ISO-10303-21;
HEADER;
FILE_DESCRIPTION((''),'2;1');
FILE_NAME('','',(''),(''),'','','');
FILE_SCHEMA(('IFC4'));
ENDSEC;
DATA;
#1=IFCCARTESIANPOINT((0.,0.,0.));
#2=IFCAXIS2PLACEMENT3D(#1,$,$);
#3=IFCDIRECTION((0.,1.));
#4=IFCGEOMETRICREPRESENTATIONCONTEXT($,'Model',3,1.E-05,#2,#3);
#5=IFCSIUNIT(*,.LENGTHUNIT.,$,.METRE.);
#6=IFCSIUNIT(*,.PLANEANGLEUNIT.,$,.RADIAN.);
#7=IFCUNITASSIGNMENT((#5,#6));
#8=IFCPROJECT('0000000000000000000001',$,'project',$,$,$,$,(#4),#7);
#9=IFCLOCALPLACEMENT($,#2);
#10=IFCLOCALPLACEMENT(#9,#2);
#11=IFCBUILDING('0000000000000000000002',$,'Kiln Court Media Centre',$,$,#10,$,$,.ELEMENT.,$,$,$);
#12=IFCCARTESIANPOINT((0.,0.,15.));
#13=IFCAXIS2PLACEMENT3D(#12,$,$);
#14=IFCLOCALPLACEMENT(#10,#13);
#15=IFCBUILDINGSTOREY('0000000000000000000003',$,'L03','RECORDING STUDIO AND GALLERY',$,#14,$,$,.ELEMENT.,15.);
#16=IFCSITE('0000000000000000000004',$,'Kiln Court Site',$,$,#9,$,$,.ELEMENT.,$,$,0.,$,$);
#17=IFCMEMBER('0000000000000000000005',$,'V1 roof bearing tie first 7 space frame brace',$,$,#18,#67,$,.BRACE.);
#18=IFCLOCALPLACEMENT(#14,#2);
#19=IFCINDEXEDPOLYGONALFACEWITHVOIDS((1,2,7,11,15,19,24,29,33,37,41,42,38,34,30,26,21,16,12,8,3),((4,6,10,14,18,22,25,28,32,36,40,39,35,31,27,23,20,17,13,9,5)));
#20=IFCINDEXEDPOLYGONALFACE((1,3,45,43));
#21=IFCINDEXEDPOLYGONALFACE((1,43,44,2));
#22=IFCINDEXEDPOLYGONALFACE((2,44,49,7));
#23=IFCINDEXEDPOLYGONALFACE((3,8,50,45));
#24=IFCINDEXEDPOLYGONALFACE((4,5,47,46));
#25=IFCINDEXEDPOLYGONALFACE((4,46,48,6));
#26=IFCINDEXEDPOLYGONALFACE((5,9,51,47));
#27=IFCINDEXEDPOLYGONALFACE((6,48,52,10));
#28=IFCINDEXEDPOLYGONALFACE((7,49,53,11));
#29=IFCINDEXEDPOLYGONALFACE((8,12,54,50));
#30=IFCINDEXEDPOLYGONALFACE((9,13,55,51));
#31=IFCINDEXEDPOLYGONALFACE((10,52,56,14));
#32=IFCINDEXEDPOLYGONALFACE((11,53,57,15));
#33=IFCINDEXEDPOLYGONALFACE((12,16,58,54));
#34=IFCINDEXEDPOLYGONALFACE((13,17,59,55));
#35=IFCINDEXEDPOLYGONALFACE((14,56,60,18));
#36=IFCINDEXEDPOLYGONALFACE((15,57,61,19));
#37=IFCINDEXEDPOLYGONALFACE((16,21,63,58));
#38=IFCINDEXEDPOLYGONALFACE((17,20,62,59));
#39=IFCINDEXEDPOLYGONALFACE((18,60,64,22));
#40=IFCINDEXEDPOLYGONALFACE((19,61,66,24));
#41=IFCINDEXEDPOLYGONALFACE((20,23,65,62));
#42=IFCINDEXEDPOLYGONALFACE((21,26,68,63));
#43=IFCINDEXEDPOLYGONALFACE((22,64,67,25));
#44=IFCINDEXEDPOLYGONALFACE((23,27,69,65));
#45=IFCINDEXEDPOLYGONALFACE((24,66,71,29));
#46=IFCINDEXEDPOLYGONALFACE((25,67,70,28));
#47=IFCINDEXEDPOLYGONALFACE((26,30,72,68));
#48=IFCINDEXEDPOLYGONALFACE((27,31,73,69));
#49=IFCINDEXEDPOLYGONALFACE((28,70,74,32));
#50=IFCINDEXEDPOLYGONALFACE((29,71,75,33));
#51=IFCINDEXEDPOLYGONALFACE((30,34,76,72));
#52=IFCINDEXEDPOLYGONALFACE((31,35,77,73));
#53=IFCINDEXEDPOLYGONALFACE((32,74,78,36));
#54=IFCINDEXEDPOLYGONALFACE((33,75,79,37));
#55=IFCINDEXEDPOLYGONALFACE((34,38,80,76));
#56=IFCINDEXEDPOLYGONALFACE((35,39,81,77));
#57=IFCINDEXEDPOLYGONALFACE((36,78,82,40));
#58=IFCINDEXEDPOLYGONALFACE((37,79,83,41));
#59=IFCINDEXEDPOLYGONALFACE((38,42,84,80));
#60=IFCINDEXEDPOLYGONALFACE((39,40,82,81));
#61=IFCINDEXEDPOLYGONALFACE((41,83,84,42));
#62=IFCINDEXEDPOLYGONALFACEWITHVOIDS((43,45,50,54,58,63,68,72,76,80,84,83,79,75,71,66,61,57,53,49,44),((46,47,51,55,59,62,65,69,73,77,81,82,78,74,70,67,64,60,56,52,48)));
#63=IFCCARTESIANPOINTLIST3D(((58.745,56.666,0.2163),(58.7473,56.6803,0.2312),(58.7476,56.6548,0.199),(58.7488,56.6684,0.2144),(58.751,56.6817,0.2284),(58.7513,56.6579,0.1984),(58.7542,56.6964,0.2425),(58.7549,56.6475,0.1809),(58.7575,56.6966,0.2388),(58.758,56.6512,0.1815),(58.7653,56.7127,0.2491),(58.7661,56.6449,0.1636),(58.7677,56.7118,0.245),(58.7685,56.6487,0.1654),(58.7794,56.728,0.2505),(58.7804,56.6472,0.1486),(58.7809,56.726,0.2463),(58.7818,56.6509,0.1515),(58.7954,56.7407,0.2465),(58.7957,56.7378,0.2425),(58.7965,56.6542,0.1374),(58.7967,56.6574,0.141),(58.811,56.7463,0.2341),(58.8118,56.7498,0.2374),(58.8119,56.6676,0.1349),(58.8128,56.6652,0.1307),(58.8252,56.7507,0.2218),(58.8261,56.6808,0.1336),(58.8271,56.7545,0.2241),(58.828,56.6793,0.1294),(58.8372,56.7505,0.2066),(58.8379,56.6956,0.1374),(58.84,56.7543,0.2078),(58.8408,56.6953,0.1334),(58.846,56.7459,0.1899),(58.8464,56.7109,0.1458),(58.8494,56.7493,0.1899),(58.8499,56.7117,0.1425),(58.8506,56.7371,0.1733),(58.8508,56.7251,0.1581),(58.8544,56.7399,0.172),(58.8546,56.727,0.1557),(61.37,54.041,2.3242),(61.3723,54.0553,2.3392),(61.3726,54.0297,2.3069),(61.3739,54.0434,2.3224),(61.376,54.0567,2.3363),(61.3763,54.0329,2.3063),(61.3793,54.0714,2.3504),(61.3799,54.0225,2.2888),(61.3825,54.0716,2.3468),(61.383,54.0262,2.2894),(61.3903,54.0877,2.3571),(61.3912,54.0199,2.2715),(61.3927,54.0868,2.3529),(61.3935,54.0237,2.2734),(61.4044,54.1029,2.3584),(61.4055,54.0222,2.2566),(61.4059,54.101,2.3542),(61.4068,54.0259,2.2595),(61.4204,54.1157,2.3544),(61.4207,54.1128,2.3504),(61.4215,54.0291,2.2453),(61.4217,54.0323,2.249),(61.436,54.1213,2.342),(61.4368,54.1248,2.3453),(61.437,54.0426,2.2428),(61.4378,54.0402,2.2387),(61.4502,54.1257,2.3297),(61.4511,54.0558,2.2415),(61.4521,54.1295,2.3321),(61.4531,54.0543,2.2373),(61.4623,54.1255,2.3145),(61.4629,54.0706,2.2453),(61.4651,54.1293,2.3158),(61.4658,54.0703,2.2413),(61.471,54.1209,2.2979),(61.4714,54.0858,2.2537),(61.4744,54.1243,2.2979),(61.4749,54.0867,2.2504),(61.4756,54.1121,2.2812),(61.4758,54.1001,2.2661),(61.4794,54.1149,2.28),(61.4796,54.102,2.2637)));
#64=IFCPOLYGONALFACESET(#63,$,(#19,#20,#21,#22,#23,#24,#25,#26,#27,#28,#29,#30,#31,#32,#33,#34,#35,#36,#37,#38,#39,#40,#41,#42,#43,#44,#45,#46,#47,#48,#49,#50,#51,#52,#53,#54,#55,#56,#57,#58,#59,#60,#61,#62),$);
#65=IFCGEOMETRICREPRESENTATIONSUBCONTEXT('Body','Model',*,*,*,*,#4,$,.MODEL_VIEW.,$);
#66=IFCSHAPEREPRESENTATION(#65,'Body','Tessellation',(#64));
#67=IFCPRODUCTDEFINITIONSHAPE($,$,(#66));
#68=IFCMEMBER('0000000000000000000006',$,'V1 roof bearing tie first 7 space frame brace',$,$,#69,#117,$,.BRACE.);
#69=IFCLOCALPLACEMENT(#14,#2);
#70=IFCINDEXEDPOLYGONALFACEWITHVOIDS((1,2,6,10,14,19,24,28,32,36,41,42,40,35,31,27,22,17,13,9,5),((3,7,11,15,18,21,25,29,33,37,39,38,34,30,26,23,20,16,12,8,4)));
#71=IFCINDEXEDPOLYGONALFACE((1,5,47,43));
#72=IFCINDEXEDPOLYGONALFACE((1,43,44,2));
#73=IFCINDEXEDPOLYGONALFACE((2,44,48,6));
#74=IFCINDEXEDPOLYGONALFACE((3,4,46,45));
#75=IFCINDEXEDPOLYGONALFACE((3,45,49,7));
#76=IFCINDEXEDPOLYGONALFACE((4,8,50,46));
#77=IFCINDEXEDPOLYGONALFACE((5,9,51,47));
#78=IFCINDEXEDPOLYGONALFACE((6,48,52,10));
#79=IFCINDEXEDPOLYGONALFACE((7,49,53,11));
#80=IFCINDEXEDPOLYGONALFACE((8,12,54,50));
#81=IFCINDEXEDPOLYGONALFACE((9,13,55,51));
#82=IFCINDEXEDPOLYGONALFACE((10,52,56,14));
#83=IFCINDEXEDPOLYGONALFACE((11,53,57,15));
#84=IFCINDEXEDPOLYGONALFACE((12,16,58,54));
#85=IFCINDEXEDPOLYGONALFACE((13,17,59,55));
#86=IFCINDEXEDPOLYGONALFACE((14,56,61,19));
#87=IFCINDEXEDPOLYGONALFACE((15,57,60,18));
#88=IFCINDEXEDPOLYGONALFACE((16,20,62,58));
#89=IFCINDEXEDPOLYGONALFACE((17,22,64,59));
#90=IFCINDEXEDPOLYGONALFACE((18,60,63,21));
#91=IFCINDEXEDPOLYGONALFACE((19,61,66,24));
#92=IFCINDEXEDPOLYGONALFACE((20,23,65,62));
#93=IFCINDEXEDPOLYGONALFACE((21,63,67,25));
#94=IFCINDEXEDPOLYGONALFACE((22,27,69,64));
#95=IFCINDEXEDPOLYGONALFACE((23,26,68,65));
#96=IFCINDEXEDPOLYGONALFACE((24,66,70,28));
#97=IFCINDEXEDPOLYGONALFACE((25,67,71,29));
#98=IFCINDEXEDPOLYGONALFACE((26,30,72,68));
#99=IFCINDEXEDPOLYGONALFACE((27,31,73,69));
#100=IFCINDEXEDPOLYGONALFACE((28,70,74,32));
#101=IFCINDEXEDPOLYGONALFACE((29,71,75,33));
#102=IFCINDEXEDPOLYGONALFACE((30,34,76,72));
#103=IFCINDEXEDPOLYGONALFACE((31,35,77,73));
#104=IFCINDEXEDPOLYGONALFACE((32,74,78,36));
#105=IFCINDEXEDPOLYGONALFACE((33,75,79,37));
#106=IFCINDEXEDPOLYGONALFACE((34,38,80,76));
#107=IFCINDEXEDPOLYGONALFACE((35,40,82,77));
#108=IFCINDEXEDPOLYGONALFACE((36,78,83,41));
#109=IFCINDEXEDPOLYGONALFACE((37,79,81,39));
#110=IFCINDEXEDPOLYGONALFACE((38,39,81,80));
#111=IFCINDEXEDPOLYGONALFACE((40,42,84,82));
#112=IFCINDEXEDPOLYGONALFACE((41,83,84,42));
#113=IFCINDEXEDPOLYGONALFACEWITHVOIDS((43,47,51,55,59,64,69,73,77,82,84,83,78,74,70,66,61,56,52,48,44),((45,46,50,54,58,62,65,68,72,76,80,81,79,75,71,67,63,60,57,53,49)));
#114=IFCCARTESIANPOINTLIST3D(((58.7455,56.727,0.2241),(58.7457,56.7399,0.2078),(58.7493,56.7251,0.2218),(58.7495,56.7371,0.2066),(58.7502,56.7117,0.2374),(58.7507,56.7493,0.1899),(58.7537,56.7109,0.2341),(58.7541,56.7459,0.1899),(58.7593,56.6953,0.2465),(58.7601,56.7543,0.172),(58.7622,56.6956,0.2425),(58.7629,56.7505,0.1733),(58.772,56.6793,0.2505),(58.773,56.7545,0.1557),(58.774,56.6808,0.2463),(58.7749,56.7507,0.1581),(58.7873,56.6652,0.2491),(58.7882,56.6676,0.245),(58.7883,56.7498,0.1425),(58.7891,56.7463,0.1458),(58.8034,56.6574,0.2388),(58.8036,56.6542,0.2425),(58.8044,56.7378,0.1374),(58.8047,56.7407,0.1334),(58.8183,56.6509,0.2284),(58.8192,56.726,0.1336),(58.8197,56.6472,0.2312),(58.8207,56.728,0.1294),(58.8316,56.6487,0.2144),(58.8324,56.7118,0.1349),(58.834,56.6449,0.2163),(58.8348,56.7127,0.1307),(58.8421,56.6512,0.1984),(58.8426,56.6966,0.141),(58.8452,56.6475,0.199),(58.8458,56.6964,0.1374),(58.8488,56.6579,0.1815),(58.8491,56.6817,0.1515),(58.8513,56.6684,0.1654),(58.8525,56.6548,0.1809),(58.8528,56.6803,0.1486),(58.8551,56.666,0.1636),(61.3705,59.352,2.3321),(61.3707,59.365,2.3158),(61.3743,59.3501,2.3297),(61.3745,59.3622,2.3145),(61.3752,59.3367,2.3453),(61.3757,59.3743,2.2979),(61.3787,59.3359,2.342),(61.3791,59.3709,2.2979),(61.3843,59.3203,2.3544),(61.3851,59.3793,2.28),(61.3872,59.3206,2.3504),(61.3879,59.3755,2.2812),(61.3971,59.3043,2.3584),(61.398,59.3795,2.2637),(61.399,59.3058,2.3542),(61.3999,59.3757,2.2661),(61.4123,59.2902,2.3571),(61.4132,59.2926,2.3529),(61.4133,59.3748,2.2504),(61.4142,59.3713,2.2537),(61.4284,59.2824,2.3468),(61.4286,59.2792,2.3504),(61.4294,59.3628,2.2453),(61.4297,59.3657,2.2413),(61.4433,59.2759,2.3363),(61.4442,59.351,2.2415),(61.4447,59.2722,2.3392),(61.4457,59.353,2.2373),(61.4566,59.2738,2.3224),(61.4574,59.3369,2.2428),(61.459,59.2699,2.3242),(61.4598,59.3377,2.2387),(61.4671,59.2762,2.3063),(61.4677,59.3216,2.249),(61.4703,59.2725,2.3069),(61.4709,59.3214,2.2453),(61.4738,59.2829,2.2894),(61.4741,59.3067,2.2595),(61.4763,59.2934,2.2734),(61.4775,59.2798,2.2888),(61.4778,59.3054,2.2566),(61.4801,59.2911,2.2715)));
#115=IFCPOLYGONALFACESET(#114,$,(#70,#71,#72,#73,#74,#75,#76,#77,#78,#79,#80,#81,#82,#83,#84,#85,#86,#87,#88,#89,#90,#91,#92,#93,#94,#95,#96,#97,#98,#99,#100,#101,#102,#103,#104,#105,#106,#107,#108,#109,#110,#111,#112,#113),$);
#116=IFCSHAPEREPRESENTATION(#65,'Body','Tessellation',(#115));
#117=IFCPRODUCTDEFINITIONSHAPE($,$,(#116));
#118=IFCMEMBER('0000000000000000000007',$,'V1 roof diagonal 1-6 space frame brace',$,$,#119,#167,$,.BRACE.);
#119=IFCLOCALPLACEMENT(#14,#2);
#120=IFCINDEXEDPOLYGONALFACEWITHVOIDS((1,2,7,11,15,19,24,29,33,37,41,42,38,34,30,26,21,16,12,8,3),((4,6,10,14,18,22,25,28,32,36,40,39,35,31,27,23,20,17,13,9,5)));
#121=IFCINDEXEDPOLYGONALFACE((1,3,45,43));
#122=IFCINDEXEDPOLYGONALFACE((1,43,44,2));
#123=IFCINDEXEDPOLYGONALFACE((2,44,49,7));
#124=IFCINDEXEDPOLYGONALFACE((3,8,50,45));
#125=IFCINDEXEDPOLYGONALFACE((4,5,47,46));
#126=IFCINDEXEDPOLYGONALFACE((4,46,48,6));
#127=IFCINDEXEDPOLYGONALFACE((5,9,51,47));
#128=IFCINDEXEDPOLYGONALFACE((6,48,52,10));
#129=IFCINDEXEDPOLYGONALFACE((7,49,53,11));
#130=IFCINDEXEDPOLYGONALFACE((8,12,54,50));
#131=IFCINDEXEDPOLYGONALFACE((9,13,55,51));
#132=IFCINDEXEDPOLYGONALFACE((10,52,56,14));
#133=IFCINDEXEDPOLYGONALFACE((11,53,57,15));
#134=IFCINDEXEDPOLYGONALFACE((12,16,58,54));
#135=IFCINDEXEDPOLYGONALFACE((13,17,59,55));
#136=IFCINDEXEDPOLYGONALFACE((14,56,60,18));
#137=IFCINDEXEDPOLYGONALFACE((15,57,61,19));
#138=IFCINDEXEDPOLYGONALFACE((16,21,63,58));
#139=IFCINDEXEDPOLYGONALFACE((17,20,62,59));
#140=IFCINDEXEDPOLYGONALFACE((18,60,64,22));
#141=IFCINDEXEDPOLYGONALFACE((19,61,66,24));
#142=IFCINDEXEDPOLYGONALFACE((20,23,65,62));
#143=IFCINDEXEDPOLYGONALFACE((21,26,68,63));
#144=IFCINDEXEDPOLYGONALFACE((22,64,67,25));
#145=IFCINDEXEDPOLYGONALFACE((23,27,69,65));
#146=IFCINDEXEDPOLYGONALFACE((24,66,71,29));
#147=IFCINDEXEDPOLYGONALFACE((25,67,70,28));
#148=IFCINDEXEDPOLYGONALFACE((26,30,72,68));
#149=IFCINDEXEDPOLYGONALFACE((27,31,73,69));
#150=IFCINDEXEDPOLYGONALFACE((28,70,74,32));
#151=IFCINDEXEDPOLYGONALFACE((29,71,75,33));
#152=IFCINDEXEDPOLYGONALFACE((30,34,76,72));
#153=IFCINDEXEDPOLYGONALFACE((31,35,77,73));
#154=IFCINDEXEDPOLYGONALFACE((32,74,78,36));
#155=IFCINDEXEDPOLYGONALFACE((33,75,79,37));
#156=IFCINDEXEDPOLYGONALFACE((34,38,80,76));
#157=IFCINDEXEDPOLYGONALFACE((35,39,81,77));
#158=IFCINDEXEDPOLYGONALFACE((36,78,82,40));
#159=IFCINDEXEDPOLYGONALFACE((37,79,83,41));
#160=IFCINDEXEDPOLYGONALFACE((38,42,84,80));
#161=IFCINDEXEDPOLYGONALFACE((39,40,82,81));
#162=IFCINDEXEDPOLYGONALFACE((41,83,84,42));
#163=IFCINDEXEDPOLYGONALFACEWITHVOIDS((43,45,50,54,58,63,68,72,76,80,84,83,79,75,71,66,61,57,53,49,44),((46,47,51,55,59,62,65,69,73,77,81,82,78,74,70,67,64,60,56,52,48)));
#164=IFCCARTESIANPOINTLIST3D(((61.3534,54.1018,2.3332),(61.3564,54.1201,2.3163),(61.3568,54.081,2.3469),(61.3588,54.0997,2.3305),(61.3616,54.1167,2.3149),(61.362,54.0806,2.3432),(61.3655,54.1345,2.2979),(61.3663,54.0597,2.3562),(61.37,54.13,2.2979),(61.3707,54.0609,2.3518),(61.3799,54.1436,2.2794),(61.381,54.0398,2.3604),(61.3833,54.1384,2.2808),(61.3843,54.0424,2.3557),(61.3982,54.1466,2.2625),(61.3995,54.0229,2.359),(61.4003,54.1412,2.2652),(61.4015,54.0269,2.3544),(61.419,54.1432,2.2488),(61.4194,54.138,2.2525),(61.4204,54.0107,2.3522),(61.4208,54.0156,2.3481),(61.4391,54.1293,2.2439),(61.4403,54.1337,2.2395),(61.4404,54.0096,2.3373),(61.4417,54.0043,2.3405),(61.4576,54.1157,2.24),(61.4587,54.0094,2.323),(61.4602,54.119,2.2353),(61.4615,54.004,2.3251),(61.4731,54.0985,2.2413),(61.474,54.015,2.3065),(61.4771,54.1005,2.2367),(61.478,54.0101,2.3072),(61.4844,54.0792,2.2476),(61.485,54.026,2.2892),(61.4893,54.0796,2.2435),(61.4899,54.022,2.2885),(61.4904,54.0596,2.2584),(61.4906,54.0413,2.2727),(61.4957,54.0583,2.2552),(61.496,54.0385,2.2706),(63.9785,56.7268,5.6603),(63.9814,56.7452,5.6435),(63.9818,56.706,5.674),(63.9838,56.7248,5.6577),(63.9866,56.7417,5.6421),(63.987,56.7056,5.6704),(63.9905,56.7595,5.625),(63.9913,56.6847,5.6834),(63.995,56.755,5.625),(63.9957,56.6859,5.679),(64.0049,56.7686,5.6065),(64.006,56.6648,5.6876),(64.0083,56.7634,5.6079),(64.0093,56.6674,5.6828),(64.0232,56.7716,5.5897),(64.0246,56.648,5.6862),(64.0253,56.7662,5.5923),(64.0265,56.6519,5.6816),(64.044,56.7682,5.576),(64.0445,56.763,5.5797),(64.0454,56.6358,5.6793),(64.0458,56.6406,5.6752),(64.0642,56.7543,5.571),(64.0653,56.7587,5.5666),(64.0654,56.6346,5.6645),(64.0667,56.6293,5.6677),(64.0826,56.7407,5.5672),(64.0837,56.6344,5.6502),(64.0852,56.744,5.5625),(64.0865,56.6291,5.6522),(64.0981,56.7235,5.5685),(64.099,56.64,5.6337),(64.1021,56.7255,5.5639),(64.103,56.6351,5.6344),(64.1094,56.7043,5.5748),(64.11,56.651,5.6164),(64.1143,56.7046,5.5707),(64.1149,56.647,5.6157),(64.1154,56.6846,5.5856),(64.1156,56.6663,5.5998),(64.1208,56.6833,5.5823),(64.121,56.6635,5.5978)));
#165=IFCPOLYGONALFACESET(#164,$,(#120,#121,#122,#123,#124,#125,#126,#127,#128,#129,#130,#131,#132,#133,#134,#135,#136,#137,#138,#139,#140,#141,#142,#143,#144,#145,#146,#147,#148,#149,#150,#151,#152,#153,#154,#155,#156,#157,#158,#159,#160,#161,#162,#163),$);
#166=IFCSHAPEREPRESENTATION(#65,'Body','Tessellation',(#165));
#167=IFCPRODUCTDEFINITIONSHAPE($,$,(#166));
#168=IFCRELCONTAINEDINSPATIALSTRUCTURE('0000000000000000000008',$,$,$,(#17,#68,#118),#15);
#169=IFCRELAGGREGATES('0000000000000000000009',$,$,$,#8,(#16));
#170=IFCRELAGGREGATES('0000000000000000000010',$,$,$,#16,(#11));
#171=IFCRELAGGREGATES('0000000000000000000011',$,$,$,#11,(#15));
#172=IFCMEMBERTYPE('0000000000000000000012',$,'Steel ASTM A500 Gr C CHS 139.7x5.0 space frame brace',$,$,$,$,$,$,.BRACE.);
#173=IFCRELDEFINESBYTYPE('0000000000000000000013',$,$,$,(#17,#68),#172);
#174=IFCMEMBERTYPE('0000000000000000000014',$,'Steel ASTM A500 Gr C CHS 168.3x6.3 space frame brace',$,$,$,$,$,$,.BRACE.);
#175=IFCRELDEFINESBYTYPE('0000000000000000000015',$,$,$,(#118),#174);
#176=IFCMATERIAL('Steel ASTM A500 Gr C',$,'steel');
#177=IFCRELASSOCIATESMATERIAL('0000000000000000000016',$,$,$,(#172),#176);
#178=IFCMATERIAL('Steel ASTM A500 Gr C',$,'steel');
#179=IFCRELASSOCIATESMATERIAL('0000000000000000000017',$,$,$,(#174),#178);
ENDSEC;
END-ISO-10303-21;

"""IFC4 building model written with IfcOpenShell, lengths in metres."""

from ifc_helpers import new_model, si_unit, direction, frame, origin, origin_2d, place, context, subcontext, project, spatial, hollow_circle, extrude, material, material_profile, profile_set, type_object, element, save


model = new_model("IFC4")

# Units and contexts
model_context = context("Model", 3, precision=1e-05, world=origin(), true_north=direction((0.0, 1.0)))
body_context = subcontext(model_context, "Body", "Model", "MODEL_VIEW")
ifc_project = project(units=[si_unit("LENGTHUNIT", "METRE"), si_unit("PLANEANGLEUNIT", "RADIAN")], contexts=[model_context])

# Site, building, storey
site_placement = place(None, origin())
site = spatial("IfcSite", under=ifc_project, at=site_placement, Name="Kiln Court Site", CompositionType="ELEMENT", RefElevation=0.0)
building_placement = place(site_placement, origin())
building = spatial("IfcBuilding", under=site, at=building_placement, Name="Kiln Court Media Centre", CompositionType="ELEMENT")
storey_placement = place(building_placement, frame((0.0, 0.0, 15.0)))
storey = spatial("IfcBuildingStorey", under=building, at=storey_placement, Name="L03", Description="RECORDING STUDIO AND GALLERY", CompositionType="ELEMENT", Elevation=15.0)

# Members
ifc_material_1 = material(Name="Steel ASTM A500 Gr C", Category="steel")
ifc_material_profile_1 = material_profile(ifc_material_1, hollow_circle(Radius=0.0698, WallThickness=0.0049, at=origin_2d()), Name="CHS 139.7x5.0")
ifc_profile_set_1 = profile_set([ifc_material_profile_1], Name="Steel ASTM A500 Gr C")
member_type_1 = type_object("IfcMemberType", Name="Steel ASTM A500 Gr C CHS 139.7x5.0 space frame brace", PredefinedType="BRACE", material=ifc_profile_set_1)
for number, where, z_axis, x_axis, name in (
    (1, (58.8, 56.7, 0.1899), (0.614895, -0.614895, 0.493769), (0.707107, 0.707107, 0.0), "V1 roof bearing tie first 7 space frame brace"),
    (2, (58.8, 56.7, 0.1899), (0.614895, 0.614895, 0.493769), (-0.707107, 0.707107, 0.0), "V1 roof bearing tie first 7 space frame brace"),
):
    element("IfcMember", number, at=place(storey_placement, frame(where, z_axis=z_axis, x_axis=x_axis)), inside=storey, type_object=member_type_1, Name=name, PredefinedType="BRACE", context=body_context, shape_type="SweptSolid", body=[
        extrude(hollow_circle(Radius=0.0698, WallThickness=0.0049, at=origin_2d()), origin(), (0.0, 0.0, 1.0), 4.269),
    ])
ifc_material_2 = material(Name="Steel ASTM A500 Gr C", Category="steel")
ifc_material_profile_2 = material_profile(ifc_material_2, hollow_circle(Radius=0.0842, WallThickness=0.0063, at=origin_2d()), Name="CHS 168.3x6.3")
ifc_profile_set_2 = profile_set([ifc_material_profile_2], Name="Steel ASTM A500 Gr C")
member_type_2 = type_object("IfcMemberType", Name="Steel ASTM A500 Gr C CHS 168.3x6.3 space frame brace", PredefinedType="BRACE", material=ifc_profile_set_2)
member_1_placement = place(storey_placement, frame((61.425, 54.075, 2.2979), z_axis=(0.52657, 0.52657, 0.667419), x_axis=(-0.707107, 0.707107, 0.0)))
element("IfcMember", 3, at=member_1_placement, inside=storey, type_object=member_type_2, Name="V1 roof diagonal 1-6 space frame brace", PredefinedType="BRACE", context=body_context, shape_type="SweptSolid", body=[
    extrude(hollow_circle(Radius=0.0842, WallThickness=0.0063, at=origin_2d()), origin(), (0.0, 0.0, 1.0), 4.9851),
])

save(model, "model.ifc")
